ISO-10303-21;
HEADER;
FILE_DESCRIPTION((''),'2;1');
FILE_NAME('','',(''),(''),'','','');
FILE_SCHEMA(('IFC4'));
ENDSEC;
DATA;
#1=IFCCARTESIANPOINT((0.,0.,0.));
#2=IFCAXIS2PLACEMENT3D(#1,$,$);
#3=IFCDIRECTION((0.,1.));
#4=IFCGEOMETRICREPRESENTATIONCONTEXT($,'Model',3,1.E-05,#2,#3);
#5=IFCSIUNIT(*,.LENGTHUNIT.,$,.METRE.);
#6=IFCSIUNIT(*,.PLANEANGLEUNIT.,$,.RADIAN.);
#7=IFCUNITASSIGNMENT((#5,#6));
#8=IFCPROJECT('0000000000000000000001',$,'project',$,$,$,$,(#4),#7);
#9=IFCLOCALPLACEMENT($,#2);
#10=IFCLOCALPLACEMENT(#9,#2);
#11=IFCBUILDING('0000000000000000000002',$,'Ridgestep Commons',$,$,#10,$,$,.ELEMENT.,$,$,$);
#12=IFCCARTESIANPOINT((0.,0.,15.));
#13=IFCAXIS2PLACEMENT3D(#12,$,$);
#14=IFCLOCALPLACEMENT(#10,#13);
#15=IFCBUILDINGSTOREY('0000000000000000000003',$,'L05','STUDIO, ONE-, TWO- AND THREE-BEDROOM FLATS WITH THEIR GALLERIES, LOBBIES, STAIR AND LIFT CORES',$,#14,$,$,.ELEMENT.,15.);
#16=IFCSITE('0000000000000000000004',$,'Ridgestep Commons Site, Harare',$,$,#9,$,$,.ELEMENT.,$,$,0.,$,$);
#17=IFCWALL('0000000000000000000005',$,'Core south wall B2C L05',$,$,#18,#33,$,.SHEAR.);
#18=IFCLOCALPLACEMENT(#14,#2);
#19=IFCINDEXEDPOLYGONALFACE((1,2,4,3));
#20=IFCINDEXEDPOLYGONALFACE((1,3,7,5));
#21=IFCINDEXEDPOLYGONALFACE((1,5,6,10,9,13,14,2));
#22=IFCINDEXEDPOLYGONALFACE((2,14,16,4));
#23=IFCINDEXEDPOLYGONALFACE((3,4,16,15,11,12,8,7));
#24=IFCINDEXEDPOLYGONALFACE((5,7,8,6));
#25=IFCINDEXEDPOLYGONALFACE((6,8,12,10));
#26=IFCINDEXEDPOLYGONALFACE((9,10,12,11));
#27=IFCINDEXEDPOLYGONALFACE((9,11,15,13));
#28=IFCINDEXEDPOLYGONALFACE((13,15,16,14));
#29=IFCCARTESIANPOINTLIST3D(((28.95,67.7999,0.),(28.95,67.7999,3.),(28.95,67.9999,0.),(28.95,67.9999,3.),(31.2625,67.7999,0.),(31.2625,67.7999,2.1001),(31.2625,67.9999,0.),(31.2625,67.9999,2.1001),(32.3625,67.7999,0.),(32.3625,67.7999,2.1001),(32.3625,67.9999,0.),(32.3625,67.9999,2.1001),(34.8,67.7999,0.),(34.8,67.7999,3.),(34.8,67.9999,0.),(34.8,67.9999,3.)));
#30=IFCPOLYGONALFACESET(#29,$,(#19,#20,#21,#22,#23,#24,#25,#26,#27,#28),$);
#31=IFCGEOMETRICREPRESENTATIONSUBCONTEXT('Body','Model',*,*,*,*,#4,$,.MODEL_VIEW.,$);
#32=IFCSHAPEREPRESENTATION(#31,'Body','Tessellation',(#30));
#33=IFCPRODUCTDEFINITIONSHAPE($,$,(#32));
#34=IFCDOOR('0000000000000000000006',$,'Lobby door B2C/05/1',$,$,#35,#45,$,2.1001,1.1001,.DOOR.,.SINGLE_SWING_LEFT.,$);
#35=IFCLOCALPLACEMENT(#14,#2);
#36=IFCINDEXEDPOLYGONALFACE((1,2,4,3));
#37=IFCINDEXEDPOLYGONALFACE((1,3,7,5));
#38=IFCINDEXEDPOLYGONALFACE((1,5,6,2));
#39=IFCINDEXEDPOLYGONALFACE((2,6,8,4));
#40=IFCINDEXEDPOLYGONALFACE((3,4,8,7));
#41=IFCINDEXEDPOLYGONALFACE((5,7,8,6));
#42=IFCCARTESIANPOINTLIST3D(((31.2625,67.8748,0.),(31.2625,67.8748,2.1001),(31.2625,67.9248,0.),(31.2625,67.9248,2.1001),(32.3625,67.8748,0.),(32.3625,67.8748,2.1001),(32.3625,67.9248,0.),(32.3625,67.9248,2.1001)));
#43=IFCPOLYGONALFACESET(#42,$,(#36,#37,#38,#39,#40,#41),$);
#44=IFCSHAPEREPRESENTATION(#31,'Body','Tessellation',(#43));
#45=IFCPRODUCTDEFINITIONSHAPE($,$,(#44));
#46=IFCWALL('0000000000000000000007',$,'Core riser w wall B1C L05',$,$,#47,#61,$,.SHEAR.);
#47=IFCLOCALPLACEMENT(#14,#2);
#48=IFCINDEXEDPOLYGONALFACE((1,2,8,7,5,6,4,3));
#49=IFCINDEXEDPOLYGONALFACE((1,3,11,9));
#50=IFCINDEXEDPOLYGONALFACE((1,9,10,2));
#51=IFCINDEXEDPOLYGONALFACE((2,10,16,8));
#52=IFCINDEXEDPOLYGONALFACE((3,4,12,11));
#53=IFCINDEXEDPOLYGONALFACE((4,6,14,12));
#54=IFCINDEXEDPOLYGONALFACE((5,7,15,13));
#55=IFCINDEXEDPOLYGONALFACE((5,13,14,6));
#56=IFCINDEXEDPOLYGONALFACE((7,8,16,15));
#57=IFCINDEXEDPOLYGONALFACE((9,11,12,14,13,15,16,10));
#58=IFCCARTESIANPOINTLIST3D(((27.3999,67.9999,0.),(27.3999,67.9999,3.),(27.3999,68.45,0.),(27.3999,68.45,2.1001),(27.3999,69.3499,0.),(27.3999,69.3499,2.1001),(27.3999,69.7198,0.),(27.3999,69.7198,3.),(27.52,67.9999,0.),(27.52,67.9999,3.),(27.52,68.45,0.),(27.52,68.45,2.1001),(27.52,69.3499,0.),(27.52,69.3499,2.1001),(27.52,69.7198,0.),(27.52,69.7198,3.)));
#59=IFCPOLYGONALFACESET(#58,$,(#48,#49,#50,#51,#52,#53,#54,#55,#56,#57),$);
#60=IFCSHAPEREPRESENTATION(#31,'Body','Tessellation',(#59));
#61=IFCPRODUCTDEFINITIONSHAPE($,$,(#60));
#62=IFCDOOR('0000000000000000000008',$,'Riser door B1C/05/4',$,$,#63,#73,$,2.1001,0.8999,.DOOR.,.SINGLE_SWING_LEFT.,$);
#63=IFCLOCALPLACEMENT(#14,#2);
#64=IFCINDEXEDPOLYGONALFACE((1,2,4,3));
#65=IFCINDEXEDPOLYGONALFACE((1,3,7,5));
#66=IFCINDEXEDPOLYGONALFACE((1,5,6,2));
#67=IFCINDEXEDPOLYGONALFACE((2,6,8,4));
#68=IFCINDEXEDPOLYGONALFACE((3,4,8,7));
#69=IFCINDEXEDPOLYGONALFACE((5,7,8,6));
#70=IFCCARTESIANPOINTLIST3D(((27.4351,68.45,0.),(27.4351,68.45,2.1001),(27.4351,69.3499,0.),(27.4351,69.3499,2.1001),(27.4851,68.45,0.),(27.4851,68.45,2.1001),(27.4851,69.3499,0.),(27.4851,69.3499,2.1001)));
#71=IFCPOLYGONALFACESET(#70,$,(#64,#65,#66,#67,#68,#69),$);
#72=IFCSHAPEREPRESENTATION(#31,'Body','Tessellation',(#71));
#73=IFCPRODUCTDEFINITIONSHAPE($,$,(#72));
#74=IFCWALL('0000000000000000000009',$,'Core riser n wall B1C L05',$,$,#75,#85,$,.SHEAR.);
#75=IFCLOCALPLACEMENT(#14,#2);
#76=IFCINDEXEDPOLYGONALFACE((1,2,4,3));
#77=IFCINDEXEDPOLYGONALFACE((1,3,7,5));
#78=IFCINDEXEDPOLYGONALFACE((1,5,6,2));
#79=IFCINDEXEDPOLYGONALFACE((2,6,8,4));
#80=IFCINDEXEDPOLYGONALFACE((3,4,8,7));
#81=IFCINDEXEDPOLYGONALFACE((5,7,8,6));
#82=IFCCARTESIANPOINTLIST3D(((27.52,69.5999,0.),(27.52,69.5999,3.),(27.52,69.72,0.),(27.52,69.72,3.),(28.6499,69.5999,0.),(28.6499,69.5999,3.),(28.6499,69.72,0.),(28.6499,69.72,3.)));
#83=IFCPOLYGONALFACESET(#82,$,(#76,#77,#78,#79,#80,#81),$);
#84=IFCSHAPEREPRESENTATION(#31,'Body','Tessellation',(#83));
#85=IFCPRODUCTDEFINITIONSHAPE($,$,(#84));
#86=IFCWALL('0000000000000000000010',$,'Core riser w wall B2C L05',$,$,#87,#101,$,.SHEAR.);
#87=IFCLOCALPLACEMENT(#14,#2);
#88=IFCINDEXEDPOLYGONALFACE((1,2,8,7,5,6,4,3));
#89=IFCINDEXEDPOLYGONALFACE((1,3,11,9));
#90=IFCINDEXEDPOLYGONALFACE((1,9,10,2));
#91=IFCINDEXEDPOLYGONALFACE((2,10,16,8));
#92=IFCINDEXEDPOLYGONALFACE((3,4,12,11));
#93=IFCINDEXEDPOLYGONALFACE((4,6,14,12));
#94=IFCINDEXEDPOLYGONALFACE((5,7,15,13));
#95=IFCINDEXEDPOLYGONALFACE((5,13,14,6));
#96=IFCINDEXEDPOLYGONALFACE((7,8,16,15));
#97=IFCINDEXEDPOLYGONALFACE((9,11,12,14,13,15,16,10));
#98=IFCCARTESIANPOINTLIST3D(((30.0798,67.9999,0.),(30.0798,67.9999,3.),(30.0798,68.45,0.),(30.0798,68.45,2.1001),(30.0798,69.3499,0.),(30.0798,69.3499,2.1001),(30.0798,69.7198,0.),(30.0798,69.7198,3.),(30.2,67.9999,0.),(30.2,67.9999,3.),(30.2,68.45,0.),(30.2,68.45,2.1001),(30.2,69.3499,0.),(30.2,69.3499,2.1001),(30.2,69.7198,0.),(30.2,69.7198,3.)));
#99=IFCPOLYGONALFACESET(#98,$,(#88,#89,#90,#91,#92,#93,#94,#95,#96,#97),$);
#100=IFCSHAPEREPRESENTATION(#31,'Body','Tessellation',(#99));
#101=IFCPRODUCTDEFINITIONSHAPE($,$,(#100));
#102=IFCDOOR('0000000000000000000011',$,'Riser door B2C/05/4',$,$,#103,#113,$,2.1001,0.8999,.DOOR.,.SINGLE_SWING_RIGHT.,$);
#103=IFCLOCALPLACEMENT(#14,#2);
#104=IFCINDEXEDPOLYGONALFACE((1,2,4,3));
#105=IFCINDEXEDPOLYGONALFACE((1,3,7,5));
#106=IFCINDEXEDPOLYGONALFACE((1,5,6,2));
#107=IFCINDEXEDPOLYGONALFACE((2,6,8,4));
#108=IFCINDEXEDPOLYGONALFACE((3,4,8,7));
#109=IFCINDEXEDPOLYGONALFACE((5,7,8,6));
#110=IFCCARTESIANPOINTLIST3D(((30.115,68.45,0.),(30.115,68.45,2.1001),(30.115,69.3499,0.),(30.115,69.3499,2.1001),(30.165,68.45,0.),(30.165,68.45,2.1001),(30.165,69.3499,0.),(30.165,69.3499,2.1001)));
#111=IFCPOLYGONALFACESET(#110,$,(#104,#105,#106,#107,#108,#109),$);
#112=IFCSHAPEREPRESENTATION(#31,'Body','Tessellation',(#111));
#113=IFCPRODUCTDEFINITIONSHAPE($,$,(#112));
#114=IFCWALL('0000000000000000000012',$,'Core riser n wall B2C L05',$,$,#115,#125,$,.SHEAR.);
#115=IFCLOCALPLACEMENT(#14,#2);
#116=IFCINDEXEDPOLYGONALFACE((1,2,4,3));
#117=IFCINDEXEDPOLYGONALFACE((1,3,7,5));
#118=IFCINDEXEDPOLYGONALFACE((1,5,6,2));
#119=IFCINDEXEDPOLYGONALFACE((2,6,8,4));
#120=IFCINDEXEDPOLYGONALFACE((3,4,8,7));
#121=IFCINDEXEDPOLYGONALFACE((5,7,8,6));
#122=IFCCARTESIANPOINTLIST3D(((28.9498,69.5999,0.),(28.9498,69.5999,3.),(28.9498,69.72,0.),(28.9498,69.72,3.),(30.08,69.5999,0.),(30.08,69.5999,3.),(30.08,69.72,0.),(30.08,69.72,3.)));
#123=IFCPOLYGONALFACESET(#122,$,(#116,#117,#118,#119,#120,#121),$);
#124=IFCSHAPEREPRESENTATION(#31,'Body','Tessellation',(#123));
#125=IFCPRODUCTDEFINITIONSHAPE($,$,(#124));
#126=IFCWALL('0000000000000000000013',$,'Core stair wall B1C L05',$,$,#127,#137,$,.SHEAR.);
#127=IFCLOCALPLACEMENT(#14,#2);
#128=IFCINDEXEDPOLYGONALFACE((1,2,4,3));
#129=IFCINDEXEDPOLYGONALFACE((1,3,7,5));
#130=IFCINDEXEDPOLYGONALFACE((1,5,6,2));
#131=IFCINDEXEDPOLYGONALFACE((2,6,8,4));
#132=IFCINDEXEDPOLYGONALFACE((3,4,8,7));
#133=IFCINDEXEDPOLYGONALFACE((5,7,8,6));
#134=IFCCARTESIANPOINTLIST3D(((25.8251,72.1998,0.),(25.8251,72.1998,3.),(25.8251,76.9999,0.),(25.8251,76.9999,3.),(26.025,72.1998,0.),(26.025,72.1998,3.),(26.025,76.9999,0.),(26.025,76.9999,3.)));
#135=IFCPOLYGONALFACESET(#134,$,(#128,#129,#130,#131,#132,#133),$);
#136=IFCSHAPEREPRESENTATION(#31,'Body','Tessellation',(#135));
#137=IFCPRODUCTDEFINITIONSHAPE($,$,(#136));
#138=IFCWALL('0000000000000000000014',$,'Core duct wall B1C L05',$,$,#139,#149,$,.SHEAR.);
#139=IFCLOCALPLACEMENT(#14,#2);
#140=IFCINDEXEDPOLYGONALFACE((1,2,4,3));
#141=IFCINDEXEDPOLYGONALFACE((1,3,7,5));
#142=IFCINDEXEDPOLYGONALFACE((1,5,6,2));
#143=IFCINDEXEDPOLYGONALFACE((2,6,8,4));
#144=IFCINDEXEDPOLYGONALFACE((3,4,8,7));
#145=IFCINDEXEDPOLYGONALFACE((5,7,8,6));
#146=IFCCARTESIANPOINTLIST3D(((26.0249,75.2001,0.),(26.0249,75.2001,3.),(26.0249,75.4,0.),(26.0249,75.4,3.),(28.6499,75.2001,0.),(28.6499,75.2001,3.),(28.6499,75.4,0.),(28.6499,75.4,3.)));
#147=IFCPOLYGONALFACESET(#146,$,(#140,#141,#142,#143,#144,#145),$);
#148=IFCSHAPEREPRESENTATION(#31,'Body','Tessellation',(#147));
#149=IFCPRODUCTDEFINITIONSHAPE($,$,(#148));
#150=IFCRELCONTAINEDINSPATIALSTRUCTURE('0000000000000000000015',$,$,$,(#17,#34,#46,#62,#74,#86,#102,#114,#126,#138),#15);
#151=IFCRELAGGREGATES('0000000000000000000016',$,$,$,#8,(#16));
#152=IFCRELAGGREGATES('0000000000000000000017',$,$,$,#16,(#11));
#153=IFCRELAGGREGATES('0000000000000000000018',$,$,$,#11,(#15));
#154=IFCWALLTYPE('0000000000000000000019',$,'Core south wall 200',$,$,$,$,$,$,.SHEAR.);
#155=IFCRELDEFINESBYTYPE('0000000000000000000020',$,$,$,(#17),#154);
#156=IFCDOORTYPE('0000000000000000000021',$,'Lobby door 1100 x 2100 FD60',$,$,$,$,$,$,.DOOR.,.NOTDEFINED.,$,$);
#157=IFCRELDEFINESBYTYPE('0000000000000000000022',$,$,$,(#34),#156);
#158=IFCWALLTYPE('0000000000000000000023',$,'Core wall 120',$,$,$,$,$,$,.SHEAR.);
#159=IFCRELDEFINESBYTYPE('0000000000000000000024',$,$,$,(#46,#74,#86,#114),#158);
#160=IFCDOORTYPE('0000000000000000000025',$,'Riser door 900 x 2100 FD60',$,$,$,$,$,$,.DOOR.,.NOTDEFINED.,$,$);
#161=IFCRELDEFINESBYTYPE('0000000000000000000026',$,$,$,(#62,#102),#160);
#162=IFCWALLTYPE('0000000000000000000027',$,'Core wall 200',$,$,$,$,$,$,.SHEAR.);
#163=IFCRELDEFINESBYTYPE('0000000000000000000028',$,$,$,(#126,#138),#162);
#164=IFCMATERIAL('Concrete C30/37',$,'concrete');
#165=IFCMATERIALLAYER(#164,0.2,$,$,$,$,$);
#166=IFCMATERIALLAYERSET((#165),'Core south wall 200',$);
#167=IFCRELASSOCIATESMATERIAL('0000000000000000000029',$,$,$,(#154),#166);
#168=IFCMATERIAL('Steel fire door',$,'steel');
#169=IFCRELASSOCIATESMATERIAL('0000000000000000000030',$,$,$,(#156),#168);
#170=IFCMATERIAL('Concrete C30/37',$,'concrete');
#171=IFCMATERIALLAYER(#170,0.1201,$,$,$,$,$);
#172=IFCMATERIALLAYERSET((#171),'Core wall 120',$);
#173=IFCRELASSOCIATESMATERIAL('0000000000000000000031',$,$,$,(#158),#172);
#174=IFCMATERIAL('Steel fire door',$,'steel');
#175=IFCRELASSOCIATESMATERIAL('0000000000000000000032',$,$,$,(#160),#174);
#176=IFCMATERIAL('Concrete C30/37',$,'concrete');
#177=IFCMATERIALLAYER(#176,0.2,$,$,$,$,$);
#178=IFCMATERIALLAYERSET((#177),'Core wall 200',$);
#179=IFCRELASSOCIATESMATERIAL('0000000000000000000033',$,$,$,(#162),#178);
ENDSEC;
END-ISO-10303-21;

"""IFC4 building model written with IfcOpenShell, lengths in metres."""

from ifc_helpers import new_model, si_unit, direction, frame, frame_2d, origin, place, context, subcontext, project, spatial, rectangle, extrude, material, layer, layer_set, type_object, element, fill, save


model = new_model("IFC4")

# Units and contexts
model_context = context("Model", 3, precision=1e-05, world=origin(), true_north=direction((0.0, 1.0)))
body_context = subcontext(model_context, "Body", "Model", "MODEL_VIEW")
ifc_project = project(units=[si_unit("LENGTHUNIT", "METRE"), si_unit("PLANEANGLEUNIT", "RADIAN")], contexts=[model_context])

# Site, building, storey
site_placement = place(None, origin())
site = spatial("IfcSite", under=ifc_project, at=site_placement, Name="Ridgestep Commons Site, Harare", CompositionType="ELEMENT", RefElevation=0.0)
building_placement = place(site_placement, origin())
building = spatial("IfcBuilding", under=site, at=building_placement, Name="Ridgestep Commons", CompositionType="ELEMENT")
storey_placement = place(building_placement, frame((0.0, 0.0, 15.0)))
storey = spatial("IfcBuildingStorey", under=building, at=storey_placement, Name="L05", Description="STUDIO, ONE-, TWO- AND THREE-BEDROOM FLATS WITH THEIR GALLERIES, LOBBIES, STAIR AND LIFT CORES", CompositionType="ELEMENT", Elevation=15.0)

# Walls, openings, doors
ifc_material_1 = material(Name="Concrete C30/37", Category="concrete")
ifc_layer_1 = layer(ifc_material_1, 0.2)
ifc_layer_set_1 = layer_set([ifc_layer_1], Name="Core south wall 200")
wall_type_1 = type_object("IfcWallType", Name="Core south wall 200", PredefinedType="SHEAR", material=ifc_layer_set_1)
wall_1_placement = place(storey_placement, frame((28.95, 67.8999, 0.0), z_axis=(0.0, 0.0, 1.0), x_axis=(1.0, 0.0, 0.0)))
wall_1 = element("IfcWall", 1, at=wall_1_placement, inside=storey, type_object=wall_type_1, Name="Core south wall B2C L05", PredefinedType="SHEAR", context=body_context, shape_type="SweptSolid", body=[
    extrude(rectangle(XDim=5.8501, YDim=0.2, at=frame_2d((2.925, 0.0))), origin(), (0.0, 0.0, 1.0), 3.0),
])
opening_1_placement = place(wall_1_placement, frame((2.3125, 0.0, 0.0)))
opening_1 = element("IfcOpeningElement", 2, at=opening_1_placement, cuts=wall_1, PredefinedType="OPENING", context=body_context, shape_type="SweptSolid", body=[
    extrude(rectangle(XDim=1.1001, YDim=2.1001, at=frame_2d((0.55, 1.05))), frame((0.0, 0.1099, 0.0), z_axis=(0.0, -1.0, 0.0), x_axis=(1.0, 0.0, 0.0)), (0.0, 0.0, 1.0), 0.22),
])
ifc_material_2 = material(Name="Steel fire door", Category="steel")
door_type_1 = type_object("IfcDoorType", Name="Lobby door 1100 x 2100 FD60", OperationType="NOTDEFINED", PredefinedType="DOOR", material=ifc_material_2)
door_1_placement = place(opening_1_placement, origin())
door_1 = element("IfcDoor", 3, at=door_1_placement, inside=storey, type_object=door_type_1, Name="Lobby door B2C/05/1", OperationType="SINGLE_SWING_LEFT", OverallHeight=2.1001, OverallWidth=1.1001, PredefinedType="DOOR", context=body_context, shape_type="SweptSolid", body=[
    extrude(rectangle(XDim=1.1001, YDim=2.1001, at=frame_2d((0.55, 1.05))), frame((0.0, 0.0249, 0.0), z_axis=(0.0, -1.0, 0.0), x_axis=(1.0, 0.0, 0.0)), (0.0, 0.0, 1.0), 0.05),
])
fill(opening_1, door_1)
ifc_material_3 = material(Name="Concrete C30/37", Category="concrete")
ifc_layer_2 = layer(ifc_material_3, 0.1201)
ifc_layer_set_2 = layer_set([ifc_layer_2], Name="Core wall 120")
wall_type_2 = type_object("IfcWallType", Name="Core wall 120", PredefinedType="SHEAR", material=ifc_layer_set_2)
wall_2_placement = place(storey_placement, frame((27.46, 68.0, 0.0), z_axis=(0.0, 0.0, 1.0), x_axis=(0.0, 1.0, 0.0)))
wall_2 = element("IfcWall", 4, at=wall_2_placement, inside=storey, type_object=wall_type_2, Name="Core riser w wall B1C L05", PredefinedType="SHEAR", context=body_context, shape_type="SweptSolid", body=[
    extrude(rectangle(XDim=1.72, YDim=0.1201, at=frame_2d((0.8599, 0.0))), origin(), (0.0, 0.0, 1.0), 3.0),
])
opening_2_placement = place(wall_2_placement, frame((0.45, 0.0, 0.0)))
opening_2 = element("IfcOpeningElement", 5, at=opening_2_placement, cuts=wall_2, PredefinedType="OPENING", context=body_context, shape_type="SweptSolid", body=[
    extrude(rectangle(XDim=0.8999, YDim=2.1001, at=frame_2d((0.45, 1.05))), frame((0.0, 0.0701, 0.0), z_axis=(0.0, -1.0, 0.0), x_axis=(1.0, 0.0, 0.0)), (0.0, 0.0, 1.0), 0.1401),
])
ifc_material_4 = material(Name="Steel fire door", Category="steel")
door_type_2 = type_object("IfcDoorType", Name="Riser door 900 x 2100 FD60", OperationType="NOTDEFINED", PredefinedType="DOOR", material=ifc_material_4)
door_2_placement = place(opening_2_placement, origin())
door_2 = element("IfcDoor", 6, at=door_2_placement, inside=storey, type_object=door_type_2, Name="Riser door B1C/05/4", OperationType="SINGLE_SWING_LEFT", OverallHeight=2.1001, OverallWidth=0.8999, PredefinedType="DOOR", context=body_context, shape_type="SweptSolid", body=[
    extrude(rectangle(XDim=0.8999, YDim=2.1001, at=frame_2d((0.45, 1.05))), frame((0.0, 0.0249, 0.0), z_axis=(0.0, -1.0, 0.0), x_axis=(1.0, 0.0, 0.0)), (0.0, 0.0, 1.0), 0.05),
])
fill(opening_2, door_2)

# Wall
wall_3_placement = place(storey_placement, frame((27.52, 69.6599, 0.0), z_axis=(0.0, 0.0, 1.0), x_axis=(1.0, 0.0, 0.0)))
element("IfcWall", 7, at=wall_3_placement, inside=storey, type_object=wall_type_2, Name="Core riser n wall B1C L05", PredefinedType="SHEAR", context=body_context, shape_type="SweptSolid", body=[
    extrude(rectangle(XDim=1.1299, YDim=0.1201, at=frame_2d((0.5649, 0.0))), origin(), (0.0, 0.0, 1.0), 3.0),
])

# Wall, opening, door
wall_4_placement = place(storey_placement, frame((30.1399, 68.0, 0.0), z_axis=(0.0, 0.0, 1.0), x_axis=(0.0, 1.0, 0.0)))
wall_4 = element("IfcWall", 8, at=wall_4_placement, inside=storey, type_object=wall_type_2, Name="Core riser w wall B2C L05", PredefinedType="SHEAR", context=body_context, shape_type="SweptSolid", body=[
    extrude(rectangle(XDim=1.72, YDim=0.1201, at=frame_2d((0.8599, 0.0))), origin(), (0.0, 0.0, 1.0), 3.0),
])
opening_3_placement = place(wall_4_placement, frame((0.45, 0.0, 0.0)))
opening_3 = element("IfcOpeningElement", 9, at=opening_3_placement, cuts=wall_4, PredefinedType="OPENING", context=body_context, shape_type="SweptSolid", body=[
    extrude(rectangle(XDim=0.8999, YDim=2.1001, at=frame_2d((0.45, 1.05))), frame((0.0, 0.0701, 0.0), z_axis=(0.0, -1.0, 0.0), x_axis=(1.0, 0.0, 0.0)), (0.0, 0.0, 1.0), 0.1401),
])
door_3_placement = place(opening_3_placement, origin())
door_3 = element("IfcDoor", 10, at=door_3_placement, inside=storey, type_object=door_type_2, Name="Riser door B2C/05/4", OperationType="SINGLE_SWING_RIGHT", OverallHeight=2.1001, OverallWidth=0.8999, PredefinedType="DOOR", context=body_context, shape_type="SweptSolid", body=[
    extrude(rectangle(XDim=0.8999, YDim=2.1001, at=frame_2d((0.45, 1.05))), frame((0.0, 0.0249, 0.0), z_axis=(0.0, -1.0, 0.0), x_axis=(1.0, 0.0, 0.0)), (0.0, 0.0, 1.0), 0.05),
])
fill(opening_3, door_3)

# Walls
wall_5_placement = place(storey_placement, frame((28.95, 69.6599, 0.0), z_axis=(0.0, 0.0, 1.0), x_axis=(1.0, 0.0, 0.0)))
element("IfcWall", 11, at=wall_5_placement, inside=storey, type_object=wall_type_2, Name="Core riser n wall B2C L05", PredefinedType="SHEAR", context=body_context, shape_type="SweptSolid", body=[
    extrude(rectangle(XDim=1.1301, YDim=0.1201, at=frame_2d((0.5649, 0.0))), origin(), (0.0, 0.0, 1.0), 3.0),
])
ifc_material_5 = material(Name="Concrete C30/37", Category="concrete")
ifc_layer_3 = layer(ifc_material_5, 0.2)
ifc_layer_set_3 = layer_set([ifc_layer_3], Name="Core wall 200")
wall_type_3 = type_object("IfcWallType", Name="Core wall 200", PredefinedType="SHEAR", material=ifc_layer_set_3)
wall_6_placement = place(storey_placement, frame((25.925, 72.2, 0.0), z_axis=(0.0, 0.0, 1.0), x_axis=(0.0, 1.0, 0.0)))
element("IfcWall", 12, at=wall_6_placement, inside=storey, type_object=wall_type_3, Name="Core stair wall B1C L05", PredefinedType="SHEAR", context=body_context, shape_type="SweptSolid", body=[
    extrude(rectangle(XDim=4.8, YDim=0.2, at=frame_2d((2.3999, 0.0))), origin(), (0.0, 0.0, 1.0), 3.0),
])
wall_7_placement = place(storey_placement, frame((26.0249, 75.3, 0.0), z_axis=(0.0, 0.0, 1.0), x_axis=(1.0, 0.0, 0.0)))
element("IfcWall", 13, at=wall_7_placement, inside=storey, type_object=wall_type_3, Name="Core duct wall B1C L05", PredefinedType="SHEAR", context=body_context, shape_type="SweptSolid", body=[
    extrude(rectangle(XDim=2.625, YDim=0.2, at=frame_2d((1.3125, 0.0))), origin(), (0.0, 0.0, 1.0), 3.0),
])

save(model, "model.ifc")
